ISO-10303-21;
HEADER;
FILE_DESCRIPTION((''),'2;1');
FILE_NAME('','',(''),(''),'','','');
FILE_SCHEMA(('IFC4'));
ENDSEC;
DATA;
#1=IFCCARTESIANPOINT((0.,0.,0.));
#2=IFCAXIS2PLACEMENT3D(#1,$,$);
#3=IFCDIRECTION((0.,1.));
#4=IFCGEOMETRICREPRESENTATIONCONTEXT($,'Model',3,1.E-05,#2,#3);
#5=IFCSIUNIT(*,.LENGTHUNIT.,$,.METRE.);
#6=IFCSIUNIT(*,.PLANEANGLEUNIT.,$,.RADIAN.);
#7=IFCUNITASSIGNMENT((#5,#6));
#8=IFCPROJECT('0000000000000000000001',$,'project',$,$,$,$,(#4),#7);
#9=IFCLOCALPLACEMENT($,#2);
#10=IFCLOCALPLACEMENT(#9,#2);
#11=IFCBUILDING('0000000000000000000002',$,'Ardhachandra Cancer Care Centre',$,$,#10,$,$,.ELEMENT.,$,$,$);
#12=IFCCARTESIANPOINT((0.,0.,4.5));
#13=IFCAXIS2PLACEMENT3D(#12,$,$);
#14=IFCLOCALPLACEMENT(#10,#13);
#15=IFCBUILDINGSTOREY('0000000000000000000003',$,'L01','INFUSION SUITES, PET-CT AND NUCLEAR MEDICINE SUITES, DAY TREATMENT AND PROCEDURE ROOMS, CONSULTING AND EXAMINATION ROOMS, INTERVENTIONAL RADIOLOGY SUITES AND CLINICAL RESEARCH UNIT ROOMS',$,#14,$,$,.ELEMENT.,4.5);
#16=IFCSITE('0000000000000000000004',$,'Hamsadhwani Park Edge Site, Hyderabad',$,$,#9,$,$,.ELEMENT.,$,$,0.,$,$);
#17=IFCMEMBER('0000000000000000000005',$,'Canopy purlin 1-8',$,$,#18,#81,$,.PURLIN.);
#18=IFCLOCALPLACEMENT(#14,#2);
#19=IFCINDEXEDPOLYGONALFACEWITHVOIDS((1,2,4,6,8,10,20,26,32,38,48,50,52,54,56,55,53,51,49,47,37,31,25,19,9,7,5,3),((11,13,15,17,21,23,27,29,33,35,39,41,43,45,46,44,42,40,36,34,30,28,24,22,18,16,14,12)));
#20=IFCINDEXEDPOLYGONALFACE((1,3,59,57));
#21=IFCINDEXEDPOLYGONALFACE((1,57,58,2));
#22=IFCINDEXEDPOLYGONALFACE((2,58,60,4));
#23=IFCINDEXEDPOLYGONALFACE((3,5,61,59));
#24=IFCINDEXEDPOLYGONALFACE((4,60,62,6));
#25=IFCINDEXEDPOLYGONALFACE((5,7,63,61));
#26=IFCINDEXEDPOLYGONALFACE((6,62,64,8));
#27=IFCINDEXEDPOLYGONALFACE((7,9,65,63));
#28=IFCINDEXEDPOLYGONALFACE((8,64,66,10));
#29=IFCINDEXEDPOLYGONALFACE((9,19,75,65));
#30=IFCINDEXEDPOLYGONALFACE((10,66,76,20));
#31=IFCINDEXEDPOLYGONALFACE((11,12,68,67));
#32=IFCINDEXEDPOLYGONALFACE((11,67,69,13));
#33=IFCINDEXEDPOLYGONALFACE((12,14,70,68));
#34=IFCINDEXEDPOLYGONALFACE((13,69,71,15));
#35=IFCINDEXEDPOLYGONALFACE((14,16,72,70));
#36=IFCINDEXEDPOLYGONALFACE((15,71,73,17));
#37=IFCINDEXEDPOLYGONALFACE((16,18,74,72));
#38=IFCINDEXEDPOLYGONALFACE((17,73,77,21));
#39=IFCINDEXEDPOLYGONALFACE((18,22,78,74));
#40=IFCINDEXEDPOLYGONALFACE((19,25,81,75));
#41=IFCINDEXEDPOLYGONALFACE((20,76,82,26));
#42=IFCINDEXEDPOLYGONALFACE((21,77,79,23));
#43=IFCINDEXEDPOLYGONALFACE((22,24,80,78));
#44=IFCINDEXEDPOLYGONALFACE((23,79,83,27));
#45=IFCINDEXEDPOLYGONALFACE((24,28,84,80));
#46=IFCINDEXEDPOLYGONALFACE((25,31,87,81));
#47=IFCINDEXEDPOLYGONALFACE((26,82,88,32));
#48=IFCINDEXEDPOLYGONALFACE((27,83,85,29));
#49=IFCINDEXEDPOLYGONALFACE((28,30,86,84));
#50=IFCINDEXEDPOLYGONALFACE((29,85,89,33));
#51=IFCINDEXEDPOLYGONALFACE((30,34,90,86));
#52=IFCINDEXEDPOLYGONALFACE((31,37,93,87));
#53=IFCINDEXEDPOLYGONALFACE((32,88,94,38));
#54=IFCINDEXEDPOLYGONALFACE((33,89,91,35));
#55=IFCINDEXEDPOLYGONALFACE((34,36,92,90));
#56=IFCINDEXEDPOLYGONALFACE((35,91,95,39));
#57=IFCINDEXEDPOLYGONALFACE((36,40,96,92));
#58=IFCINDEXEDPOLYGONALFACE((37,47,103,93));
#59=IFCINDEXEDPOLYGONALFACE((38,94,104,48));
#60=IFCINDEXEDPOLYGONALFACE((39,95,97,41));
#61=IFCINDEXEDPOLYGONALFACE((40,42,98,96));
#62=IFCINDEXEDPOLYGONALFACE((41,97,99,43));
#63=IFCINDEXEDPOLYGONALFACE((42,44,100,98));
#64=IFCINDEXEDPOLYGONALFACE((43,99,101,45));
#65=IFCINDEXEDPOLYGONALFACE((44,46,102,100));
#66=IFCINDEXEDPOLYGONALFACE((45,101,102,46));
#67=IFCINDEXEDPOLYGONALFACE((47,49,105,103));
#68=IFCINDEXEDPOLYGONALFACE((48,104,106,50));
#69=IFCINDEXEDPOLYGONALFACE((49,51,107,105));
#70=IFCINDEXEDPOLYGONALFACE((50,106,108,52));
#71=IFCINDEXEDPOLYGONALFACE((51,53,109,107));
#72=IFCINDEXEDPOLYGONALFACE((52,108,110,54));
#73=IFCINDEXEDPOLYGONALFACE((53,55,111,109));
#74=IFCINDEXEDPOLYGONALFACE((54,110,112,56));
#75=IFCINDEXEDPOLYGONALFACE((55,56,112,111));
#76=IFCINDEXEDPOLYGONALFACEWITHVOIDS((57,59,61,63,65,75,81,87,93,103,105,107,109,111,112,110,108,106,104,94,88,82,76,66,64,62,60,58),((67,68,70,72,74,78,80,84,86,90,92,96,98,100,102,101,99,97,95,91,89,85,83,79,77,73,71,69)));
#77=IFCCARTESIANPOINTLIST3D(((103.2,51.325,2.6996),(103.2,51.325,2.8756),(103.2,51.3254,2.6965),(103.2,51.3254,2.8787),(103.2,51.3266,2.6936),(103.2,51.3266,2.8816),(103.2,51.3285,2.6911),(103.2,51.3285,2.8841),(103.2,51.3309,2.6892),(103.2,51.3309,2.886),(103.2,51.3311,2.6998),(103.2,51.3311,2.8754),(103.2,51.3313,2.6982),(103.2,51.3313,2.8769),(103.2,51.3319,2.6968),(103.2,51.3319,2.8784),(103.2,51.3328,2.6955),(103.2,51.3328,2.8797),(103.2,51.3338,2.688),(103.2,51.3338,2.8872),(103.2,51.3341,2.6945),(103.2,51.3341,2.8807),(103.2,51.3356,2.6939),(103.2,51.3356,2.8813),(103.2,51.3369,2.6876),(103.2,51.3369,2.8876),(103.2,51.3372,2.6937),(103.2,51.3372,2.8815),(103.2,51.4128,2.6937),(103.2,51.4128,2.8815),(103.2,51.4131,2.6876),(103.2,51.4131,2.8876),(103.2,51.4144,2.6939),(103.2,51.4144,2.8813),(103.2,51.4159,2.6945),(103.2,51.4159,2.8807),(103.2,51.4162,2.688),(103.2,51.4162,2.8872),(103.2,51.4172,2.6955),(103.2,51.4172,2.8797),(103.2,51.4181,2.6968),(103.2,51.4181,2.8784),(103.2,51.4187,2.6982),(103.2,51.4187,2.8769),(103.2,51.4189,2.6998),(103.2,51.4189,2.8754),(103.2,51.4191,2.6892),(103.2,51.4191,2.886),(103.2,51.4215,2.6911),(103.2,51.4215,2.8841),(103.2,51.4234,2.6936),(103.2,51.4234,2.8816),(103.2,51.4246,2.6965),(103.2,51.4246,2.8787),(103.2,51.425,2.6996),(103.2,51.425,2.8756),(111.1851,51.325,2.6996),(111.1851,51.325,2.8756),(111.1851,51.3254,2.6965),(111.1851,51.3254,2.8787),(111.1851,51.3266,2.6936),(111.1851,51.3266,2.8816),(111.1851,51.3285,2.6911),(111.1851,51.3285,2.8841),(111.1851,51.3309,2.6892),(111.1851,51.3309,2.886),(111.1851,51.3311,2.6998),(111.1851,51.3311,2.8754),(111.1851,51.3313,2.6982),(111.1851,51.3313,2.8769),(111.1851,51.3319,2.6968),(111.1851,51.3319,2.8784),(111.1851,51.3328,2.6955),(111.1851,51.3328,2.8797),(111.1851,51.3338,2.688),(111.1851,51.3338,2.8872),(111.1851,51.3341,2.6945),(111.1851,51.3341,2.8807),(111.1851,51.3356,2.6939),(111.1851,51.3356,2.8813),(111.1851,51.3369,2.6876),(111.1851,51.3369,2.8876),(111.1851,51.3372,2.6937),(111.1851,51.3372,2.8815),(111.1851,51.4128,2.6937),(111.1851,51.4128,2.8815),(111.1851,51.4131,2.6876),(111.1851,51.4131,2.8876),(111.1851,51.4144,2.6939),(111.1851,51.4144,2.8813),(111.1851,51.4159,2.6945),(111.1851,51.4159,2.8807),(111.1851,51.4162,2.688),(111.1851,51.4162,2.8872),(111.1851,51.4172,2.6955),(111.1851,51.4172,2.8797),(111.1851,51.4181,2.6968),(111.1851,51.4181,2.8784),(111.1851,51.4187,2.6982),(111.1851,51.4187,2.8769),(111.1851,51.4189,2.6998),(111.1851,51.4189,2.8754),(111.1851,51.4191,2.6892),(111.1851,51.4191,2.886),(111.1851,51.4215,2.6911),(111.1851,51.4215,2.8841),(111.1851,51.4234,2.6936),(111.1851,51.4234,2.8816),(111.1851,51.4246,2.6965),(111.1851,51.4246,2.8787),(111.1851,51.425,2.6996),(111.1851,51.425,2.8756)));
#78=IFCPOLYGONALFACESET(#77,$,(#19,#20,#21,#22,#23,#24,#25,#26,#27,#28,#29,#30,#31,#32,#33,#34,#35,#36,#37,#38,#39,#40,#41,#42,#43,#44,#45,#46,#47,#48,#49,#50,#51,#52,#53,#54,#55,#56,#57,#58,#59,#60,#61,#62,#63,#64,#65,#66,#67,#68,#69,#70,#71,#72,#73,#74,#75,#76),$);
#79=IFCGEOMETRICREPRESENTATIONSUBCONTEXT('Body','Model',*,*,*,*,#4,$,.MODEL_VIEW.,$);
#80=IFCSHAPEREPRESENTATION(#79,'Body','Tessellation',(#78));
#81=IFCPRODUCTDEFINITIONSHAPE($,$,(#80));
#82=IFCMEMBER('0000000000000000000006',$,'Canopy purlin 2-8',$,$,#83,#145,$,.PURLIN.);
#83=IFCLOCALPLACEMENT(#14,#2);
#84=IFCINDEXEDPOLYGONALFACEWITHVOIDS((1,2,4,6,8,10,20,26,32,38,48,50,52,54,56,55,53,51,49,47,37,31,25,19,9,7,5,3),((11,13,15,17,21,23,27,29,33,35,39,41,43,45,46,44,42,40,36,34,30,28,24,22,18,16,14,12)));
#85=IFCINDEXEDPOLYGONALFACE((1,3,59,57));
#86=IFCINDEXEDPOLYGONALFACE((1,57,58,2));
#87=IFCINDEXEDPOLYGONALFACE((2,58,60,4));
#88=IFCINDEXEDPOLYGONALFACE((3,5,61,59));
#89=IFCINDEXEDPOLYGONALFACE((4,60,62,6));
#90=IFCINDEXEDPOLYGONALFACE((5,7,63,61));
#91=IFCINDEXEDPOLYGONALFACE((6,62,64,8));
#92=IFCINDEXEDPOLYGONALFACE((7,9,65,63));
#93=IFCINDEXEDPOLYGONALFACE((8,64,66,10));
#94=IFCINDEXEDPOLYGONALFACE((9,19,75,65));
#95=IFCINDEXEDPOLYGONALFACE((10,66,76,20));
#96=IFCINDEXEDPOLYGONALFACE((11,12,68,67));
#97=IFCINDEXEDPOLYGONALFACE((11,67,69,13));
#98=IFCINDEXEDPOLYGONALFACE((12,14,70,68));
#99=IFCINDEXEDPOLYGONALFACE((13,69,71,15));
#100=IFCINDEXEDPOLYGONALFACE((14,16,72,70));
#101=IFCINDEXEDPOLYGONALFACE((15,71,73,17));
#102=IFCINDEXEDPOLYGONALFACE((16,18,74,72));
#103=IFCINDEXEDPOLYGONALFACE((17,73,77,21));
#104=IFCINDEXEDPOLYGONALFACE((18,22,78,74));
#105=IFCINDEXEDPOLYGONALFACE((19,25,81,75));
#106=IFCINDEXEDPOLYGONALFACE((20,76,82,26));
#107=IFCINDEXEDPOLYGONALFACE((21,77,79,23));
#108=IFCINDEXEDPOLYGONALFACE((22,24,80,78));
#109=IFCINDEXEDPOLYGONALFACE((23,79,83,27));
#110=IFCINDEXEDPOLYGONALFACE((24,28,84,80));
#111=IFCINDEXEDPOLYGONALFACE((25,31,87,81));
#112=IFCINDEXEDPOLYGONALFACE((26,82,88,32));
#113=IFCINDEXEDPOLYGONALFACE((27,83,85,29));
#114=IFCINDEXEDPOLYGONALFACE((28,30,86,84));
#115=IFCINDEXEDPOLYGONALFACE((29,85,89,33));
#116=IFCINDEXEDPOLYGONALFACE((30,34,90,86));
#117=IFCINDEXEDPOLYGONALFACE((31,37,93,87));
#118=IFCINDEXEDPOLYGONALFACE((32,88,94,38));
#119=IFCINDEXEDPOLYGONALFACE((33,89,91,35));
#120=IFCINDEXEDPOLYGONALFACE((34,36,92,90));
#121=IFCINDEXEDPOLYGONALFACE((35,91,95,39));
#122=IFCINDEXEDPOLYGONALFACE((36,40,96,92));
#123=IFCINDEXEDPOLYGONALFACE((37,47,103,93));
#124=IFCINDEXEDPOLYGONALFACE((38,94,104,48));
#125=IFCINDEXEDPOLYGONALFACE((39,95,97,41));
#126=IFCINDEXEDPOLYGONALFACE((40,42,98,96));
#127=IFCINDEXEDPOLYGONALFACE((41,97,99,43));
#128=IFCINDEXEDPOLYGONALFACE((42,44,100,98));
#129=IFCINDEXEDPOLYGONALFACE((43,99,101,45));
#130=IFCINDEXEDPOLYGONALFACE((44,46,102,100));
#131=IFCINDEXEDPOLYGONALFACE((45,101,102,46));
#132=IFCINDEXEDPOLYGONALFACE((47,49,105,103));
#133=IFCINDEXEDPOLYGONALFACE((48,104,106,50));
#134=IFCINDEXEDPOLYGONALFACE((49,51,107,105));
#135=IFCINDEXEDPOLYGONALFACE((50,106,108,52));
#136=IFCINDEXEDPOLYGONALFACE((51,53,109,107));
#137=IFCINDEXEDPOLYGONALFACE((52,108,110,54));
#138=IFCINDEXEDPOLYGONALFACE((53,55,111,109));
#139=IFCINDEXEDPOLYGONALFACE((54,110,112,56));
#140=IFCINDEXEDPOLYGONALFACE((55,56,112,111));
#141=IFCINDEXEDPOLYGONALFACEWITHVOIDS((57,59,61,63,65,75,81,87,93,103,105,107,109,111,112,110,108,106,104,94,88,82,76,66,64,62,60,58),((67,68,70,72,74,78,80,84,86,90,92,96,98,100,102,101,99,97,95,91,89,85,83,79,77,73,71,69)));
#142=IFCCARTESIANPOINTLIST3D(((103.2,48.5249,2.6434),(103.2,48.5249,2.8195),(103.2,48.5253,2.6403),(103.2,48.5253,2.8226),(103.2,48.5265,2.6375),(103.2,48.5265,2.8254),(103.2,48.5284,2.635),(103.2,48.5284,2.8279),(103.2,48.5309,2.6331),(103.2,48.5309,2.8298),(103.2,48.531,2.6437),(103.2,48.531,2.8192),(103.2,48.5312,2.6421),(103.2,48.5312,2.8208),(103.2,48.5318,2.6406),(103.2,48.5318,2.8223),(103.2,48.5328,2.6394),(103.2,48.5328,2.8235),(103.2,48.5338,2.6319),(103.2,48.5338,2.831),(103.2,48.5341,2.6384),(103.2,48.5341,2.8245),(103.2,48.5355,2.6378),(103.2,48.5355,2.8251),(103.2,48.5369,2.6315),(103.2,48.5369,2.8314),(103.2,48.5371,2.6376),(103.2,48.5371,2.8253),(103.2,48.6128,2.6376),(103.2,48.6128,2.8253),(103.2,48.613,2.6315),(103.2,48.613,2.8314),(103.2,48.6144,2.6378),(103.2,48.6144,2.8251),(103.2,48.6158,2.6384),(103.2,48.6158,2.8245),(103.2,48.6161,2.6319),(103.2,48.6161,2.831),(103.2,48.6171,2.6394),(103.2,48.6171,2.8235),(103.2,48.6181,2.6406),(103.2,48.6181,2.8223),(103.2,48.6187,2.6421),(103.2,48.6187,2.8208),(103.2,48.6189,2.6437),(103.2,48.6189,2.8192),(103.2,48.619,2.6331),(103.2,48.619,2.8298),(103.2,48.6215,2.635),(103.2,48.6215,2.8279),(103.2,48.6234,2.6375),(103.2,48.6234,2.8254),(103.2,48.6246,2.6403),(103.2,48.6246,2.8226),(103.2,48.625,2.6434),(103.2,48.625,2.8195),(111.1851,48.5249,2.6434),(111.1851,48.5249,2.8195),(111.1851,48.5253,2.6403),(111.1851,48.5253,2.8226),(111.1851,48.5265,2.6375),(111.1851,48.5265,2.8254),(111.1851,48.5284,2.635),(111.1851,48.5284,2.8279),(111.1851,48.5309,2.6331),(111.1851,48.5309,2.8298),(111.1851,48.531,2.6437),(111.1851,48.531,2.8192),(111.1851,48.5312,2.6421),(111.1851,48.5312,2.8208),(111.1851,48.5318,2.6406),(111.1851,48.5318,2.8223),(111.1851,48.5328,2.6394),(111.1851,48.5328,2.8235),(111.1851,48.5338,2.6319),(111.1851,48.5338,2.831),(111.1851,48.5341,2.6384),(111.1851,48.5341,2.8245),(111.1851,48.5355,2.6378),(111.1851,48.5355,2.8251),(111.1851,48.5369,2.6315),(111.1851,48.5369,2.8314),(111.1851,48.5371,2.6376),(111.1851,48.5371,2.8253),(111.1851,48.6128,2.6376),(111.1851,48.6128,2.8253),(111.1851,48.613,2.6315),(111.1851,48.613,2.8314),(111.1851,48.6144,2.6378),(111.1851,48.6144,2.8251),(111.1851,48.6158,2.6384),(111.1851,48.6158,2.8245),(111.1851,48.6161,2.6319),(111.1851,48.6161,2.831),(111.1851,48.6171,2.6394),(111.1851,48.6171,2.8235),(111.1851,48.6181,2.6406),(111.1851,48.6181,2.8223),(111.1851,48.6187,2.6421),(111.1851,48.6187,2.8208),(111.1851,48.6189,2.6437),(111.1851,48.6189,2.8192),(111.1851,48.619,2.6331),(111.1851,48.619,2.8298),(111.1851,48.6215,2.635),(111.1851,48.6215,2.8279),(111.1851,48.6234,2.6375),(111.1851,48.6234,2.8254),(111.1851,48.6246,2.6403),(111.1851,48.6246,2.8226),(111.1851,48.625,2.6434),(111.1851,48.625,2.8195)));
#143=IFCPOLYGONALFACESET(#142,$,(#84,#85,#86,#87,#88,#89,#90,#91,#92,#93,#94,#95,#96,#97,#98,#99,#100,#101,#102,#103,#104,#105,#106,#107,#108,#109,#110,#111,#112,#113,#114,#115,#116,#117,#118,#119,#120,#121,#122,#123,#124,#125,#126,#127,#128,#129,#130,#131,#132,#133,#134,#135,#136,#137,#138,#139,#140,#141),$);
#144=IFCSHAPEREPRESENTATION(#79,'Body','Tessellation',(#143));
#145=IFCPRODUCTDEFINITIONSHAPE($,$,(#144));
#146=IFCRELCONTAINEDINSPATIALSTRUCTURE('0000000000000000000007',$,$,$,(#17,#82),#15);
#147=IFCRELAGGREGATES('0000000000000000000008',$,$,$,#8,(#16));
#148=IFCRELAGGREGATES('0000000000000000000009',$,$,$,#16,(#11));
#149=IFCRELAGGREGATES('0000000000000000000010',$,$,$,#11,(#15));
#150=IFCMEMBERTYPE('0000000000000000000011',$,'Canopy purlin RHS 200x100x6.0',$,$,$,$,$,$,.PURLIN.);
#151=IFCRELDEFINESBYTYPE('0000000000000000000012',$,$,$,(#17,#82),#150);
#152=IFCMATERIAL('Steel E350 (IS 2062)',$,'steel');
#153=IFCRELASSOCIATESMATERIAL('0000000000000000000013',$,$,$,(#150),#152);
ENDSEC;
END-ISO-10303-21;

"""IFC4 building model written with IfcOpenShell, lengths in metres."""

from ifc_helpers import new_model, si_unit, direction, frame, origin, origin_2d, place, context, subcontext, project, spatial, hollow_rectangle, extrude, material, material_profile, profile_set, type_object, element, save


model = new_model("IFC4")

# Units and contexts
model_context = context("Model", 3, precision=1e-05, world=origin(), true_north=direction((0.0, 1.0)))
body_context = subcontext(model_context, "Body", "Model", "MODEL_VIEW")
ifc_project = project(units=[si_unit("LENGTHUNIT", "METRE"), si_unit("PLANEANGLEUNIT", "RADIAN")], contexts=[model_context])

# Site, building, storey
site_placement = place(None, origin())
site = spatial("IfcSite", under=ifc_project, at=site_placement, Name="Hamsadhwani Park Edge Site, Hyderabad", CompositionType="ELEMENT", RefElevation=0.0)
building_placement = place(site_placement, origin())
building = spatial("IfcBuilding", under=site, at=building_placement, Name="Ardhachandra Cancer Care Centre", CompositionType="ELEMENT")
storey_placement = place(building_placement, frame((0.0, 0.0, 4.5)))
storey = spatial("IfcBuildingStorey", under=building, at=storey_placement, Name="L01", Description="INFUSION SUITES, PET-CT AND NUCLEAR MEDICINE SUITES, DAY TREATMENT AND PROCEDURE ROOMS, CONSULTING AND EXAMINATION ROOMS, INTERVENTIONAL RADIOLOGY SUITES AND CLINICAL RESEARCH UNIT ROOMS", CompositionType="ELEMENT", Elevation=4.5)

# Members
ifc_material_1 = material(Name="Steel E350 (IS 2062)", Category="steel")
ifc_material_profile_1 = material_profile(ifc_material_1, hollow_rectangle(XDim=0.1001, YDim=0.2, WallThickness=0.0061, InnerFilletRadius=0.0061, OuterFilletRadius=0.012, at=origin_2d()), Name="RHS 200x100x6.0")
ifc_profile_set_1 = profile_set([ifc_material_profile_1], Name="Steel E350 (IS 2062)")
member_type_1 = type_object("IfcMemberType", Name="Canopy purlin RHS 200x100x6.0", PredefinedType="PURLIN", material=ifc_profile_set_1)
for number, where, z_axis, x_axis, name in (
    (1, (103.2, 51.375, 2.7876), (1.0, 0.0, 0.0), (0.0, 1.0, 0.0), "Canopy purlin 1-8"),
    (2, (103.2, 48.575, 2.7314), (1.0, 0.0, 0.0), (0.0, 1.0, 0.0), "Canopy purlin 2-8"),
):
    element("IfcMember", number, at=place(storey_placement, frame(where, z_axis=z_axis, x_axis=x_axis)), inside=storey, type_object=member_type_1, Name=name, PredefinedType="PURLIN", context=body_context, shape_type="SweptSolid", body=[
        extrude(hollow_rectangle(XDim=0.1001, YDim=0.2, WallThickness=0.0061, InnerFilletRadius=0.0061, OuterFilletRadius=0.012, at=origin_2d()), origin(), (0.0, 0.0, 1.0), 7.9851),
    ])

save(model, "model.ifc")
